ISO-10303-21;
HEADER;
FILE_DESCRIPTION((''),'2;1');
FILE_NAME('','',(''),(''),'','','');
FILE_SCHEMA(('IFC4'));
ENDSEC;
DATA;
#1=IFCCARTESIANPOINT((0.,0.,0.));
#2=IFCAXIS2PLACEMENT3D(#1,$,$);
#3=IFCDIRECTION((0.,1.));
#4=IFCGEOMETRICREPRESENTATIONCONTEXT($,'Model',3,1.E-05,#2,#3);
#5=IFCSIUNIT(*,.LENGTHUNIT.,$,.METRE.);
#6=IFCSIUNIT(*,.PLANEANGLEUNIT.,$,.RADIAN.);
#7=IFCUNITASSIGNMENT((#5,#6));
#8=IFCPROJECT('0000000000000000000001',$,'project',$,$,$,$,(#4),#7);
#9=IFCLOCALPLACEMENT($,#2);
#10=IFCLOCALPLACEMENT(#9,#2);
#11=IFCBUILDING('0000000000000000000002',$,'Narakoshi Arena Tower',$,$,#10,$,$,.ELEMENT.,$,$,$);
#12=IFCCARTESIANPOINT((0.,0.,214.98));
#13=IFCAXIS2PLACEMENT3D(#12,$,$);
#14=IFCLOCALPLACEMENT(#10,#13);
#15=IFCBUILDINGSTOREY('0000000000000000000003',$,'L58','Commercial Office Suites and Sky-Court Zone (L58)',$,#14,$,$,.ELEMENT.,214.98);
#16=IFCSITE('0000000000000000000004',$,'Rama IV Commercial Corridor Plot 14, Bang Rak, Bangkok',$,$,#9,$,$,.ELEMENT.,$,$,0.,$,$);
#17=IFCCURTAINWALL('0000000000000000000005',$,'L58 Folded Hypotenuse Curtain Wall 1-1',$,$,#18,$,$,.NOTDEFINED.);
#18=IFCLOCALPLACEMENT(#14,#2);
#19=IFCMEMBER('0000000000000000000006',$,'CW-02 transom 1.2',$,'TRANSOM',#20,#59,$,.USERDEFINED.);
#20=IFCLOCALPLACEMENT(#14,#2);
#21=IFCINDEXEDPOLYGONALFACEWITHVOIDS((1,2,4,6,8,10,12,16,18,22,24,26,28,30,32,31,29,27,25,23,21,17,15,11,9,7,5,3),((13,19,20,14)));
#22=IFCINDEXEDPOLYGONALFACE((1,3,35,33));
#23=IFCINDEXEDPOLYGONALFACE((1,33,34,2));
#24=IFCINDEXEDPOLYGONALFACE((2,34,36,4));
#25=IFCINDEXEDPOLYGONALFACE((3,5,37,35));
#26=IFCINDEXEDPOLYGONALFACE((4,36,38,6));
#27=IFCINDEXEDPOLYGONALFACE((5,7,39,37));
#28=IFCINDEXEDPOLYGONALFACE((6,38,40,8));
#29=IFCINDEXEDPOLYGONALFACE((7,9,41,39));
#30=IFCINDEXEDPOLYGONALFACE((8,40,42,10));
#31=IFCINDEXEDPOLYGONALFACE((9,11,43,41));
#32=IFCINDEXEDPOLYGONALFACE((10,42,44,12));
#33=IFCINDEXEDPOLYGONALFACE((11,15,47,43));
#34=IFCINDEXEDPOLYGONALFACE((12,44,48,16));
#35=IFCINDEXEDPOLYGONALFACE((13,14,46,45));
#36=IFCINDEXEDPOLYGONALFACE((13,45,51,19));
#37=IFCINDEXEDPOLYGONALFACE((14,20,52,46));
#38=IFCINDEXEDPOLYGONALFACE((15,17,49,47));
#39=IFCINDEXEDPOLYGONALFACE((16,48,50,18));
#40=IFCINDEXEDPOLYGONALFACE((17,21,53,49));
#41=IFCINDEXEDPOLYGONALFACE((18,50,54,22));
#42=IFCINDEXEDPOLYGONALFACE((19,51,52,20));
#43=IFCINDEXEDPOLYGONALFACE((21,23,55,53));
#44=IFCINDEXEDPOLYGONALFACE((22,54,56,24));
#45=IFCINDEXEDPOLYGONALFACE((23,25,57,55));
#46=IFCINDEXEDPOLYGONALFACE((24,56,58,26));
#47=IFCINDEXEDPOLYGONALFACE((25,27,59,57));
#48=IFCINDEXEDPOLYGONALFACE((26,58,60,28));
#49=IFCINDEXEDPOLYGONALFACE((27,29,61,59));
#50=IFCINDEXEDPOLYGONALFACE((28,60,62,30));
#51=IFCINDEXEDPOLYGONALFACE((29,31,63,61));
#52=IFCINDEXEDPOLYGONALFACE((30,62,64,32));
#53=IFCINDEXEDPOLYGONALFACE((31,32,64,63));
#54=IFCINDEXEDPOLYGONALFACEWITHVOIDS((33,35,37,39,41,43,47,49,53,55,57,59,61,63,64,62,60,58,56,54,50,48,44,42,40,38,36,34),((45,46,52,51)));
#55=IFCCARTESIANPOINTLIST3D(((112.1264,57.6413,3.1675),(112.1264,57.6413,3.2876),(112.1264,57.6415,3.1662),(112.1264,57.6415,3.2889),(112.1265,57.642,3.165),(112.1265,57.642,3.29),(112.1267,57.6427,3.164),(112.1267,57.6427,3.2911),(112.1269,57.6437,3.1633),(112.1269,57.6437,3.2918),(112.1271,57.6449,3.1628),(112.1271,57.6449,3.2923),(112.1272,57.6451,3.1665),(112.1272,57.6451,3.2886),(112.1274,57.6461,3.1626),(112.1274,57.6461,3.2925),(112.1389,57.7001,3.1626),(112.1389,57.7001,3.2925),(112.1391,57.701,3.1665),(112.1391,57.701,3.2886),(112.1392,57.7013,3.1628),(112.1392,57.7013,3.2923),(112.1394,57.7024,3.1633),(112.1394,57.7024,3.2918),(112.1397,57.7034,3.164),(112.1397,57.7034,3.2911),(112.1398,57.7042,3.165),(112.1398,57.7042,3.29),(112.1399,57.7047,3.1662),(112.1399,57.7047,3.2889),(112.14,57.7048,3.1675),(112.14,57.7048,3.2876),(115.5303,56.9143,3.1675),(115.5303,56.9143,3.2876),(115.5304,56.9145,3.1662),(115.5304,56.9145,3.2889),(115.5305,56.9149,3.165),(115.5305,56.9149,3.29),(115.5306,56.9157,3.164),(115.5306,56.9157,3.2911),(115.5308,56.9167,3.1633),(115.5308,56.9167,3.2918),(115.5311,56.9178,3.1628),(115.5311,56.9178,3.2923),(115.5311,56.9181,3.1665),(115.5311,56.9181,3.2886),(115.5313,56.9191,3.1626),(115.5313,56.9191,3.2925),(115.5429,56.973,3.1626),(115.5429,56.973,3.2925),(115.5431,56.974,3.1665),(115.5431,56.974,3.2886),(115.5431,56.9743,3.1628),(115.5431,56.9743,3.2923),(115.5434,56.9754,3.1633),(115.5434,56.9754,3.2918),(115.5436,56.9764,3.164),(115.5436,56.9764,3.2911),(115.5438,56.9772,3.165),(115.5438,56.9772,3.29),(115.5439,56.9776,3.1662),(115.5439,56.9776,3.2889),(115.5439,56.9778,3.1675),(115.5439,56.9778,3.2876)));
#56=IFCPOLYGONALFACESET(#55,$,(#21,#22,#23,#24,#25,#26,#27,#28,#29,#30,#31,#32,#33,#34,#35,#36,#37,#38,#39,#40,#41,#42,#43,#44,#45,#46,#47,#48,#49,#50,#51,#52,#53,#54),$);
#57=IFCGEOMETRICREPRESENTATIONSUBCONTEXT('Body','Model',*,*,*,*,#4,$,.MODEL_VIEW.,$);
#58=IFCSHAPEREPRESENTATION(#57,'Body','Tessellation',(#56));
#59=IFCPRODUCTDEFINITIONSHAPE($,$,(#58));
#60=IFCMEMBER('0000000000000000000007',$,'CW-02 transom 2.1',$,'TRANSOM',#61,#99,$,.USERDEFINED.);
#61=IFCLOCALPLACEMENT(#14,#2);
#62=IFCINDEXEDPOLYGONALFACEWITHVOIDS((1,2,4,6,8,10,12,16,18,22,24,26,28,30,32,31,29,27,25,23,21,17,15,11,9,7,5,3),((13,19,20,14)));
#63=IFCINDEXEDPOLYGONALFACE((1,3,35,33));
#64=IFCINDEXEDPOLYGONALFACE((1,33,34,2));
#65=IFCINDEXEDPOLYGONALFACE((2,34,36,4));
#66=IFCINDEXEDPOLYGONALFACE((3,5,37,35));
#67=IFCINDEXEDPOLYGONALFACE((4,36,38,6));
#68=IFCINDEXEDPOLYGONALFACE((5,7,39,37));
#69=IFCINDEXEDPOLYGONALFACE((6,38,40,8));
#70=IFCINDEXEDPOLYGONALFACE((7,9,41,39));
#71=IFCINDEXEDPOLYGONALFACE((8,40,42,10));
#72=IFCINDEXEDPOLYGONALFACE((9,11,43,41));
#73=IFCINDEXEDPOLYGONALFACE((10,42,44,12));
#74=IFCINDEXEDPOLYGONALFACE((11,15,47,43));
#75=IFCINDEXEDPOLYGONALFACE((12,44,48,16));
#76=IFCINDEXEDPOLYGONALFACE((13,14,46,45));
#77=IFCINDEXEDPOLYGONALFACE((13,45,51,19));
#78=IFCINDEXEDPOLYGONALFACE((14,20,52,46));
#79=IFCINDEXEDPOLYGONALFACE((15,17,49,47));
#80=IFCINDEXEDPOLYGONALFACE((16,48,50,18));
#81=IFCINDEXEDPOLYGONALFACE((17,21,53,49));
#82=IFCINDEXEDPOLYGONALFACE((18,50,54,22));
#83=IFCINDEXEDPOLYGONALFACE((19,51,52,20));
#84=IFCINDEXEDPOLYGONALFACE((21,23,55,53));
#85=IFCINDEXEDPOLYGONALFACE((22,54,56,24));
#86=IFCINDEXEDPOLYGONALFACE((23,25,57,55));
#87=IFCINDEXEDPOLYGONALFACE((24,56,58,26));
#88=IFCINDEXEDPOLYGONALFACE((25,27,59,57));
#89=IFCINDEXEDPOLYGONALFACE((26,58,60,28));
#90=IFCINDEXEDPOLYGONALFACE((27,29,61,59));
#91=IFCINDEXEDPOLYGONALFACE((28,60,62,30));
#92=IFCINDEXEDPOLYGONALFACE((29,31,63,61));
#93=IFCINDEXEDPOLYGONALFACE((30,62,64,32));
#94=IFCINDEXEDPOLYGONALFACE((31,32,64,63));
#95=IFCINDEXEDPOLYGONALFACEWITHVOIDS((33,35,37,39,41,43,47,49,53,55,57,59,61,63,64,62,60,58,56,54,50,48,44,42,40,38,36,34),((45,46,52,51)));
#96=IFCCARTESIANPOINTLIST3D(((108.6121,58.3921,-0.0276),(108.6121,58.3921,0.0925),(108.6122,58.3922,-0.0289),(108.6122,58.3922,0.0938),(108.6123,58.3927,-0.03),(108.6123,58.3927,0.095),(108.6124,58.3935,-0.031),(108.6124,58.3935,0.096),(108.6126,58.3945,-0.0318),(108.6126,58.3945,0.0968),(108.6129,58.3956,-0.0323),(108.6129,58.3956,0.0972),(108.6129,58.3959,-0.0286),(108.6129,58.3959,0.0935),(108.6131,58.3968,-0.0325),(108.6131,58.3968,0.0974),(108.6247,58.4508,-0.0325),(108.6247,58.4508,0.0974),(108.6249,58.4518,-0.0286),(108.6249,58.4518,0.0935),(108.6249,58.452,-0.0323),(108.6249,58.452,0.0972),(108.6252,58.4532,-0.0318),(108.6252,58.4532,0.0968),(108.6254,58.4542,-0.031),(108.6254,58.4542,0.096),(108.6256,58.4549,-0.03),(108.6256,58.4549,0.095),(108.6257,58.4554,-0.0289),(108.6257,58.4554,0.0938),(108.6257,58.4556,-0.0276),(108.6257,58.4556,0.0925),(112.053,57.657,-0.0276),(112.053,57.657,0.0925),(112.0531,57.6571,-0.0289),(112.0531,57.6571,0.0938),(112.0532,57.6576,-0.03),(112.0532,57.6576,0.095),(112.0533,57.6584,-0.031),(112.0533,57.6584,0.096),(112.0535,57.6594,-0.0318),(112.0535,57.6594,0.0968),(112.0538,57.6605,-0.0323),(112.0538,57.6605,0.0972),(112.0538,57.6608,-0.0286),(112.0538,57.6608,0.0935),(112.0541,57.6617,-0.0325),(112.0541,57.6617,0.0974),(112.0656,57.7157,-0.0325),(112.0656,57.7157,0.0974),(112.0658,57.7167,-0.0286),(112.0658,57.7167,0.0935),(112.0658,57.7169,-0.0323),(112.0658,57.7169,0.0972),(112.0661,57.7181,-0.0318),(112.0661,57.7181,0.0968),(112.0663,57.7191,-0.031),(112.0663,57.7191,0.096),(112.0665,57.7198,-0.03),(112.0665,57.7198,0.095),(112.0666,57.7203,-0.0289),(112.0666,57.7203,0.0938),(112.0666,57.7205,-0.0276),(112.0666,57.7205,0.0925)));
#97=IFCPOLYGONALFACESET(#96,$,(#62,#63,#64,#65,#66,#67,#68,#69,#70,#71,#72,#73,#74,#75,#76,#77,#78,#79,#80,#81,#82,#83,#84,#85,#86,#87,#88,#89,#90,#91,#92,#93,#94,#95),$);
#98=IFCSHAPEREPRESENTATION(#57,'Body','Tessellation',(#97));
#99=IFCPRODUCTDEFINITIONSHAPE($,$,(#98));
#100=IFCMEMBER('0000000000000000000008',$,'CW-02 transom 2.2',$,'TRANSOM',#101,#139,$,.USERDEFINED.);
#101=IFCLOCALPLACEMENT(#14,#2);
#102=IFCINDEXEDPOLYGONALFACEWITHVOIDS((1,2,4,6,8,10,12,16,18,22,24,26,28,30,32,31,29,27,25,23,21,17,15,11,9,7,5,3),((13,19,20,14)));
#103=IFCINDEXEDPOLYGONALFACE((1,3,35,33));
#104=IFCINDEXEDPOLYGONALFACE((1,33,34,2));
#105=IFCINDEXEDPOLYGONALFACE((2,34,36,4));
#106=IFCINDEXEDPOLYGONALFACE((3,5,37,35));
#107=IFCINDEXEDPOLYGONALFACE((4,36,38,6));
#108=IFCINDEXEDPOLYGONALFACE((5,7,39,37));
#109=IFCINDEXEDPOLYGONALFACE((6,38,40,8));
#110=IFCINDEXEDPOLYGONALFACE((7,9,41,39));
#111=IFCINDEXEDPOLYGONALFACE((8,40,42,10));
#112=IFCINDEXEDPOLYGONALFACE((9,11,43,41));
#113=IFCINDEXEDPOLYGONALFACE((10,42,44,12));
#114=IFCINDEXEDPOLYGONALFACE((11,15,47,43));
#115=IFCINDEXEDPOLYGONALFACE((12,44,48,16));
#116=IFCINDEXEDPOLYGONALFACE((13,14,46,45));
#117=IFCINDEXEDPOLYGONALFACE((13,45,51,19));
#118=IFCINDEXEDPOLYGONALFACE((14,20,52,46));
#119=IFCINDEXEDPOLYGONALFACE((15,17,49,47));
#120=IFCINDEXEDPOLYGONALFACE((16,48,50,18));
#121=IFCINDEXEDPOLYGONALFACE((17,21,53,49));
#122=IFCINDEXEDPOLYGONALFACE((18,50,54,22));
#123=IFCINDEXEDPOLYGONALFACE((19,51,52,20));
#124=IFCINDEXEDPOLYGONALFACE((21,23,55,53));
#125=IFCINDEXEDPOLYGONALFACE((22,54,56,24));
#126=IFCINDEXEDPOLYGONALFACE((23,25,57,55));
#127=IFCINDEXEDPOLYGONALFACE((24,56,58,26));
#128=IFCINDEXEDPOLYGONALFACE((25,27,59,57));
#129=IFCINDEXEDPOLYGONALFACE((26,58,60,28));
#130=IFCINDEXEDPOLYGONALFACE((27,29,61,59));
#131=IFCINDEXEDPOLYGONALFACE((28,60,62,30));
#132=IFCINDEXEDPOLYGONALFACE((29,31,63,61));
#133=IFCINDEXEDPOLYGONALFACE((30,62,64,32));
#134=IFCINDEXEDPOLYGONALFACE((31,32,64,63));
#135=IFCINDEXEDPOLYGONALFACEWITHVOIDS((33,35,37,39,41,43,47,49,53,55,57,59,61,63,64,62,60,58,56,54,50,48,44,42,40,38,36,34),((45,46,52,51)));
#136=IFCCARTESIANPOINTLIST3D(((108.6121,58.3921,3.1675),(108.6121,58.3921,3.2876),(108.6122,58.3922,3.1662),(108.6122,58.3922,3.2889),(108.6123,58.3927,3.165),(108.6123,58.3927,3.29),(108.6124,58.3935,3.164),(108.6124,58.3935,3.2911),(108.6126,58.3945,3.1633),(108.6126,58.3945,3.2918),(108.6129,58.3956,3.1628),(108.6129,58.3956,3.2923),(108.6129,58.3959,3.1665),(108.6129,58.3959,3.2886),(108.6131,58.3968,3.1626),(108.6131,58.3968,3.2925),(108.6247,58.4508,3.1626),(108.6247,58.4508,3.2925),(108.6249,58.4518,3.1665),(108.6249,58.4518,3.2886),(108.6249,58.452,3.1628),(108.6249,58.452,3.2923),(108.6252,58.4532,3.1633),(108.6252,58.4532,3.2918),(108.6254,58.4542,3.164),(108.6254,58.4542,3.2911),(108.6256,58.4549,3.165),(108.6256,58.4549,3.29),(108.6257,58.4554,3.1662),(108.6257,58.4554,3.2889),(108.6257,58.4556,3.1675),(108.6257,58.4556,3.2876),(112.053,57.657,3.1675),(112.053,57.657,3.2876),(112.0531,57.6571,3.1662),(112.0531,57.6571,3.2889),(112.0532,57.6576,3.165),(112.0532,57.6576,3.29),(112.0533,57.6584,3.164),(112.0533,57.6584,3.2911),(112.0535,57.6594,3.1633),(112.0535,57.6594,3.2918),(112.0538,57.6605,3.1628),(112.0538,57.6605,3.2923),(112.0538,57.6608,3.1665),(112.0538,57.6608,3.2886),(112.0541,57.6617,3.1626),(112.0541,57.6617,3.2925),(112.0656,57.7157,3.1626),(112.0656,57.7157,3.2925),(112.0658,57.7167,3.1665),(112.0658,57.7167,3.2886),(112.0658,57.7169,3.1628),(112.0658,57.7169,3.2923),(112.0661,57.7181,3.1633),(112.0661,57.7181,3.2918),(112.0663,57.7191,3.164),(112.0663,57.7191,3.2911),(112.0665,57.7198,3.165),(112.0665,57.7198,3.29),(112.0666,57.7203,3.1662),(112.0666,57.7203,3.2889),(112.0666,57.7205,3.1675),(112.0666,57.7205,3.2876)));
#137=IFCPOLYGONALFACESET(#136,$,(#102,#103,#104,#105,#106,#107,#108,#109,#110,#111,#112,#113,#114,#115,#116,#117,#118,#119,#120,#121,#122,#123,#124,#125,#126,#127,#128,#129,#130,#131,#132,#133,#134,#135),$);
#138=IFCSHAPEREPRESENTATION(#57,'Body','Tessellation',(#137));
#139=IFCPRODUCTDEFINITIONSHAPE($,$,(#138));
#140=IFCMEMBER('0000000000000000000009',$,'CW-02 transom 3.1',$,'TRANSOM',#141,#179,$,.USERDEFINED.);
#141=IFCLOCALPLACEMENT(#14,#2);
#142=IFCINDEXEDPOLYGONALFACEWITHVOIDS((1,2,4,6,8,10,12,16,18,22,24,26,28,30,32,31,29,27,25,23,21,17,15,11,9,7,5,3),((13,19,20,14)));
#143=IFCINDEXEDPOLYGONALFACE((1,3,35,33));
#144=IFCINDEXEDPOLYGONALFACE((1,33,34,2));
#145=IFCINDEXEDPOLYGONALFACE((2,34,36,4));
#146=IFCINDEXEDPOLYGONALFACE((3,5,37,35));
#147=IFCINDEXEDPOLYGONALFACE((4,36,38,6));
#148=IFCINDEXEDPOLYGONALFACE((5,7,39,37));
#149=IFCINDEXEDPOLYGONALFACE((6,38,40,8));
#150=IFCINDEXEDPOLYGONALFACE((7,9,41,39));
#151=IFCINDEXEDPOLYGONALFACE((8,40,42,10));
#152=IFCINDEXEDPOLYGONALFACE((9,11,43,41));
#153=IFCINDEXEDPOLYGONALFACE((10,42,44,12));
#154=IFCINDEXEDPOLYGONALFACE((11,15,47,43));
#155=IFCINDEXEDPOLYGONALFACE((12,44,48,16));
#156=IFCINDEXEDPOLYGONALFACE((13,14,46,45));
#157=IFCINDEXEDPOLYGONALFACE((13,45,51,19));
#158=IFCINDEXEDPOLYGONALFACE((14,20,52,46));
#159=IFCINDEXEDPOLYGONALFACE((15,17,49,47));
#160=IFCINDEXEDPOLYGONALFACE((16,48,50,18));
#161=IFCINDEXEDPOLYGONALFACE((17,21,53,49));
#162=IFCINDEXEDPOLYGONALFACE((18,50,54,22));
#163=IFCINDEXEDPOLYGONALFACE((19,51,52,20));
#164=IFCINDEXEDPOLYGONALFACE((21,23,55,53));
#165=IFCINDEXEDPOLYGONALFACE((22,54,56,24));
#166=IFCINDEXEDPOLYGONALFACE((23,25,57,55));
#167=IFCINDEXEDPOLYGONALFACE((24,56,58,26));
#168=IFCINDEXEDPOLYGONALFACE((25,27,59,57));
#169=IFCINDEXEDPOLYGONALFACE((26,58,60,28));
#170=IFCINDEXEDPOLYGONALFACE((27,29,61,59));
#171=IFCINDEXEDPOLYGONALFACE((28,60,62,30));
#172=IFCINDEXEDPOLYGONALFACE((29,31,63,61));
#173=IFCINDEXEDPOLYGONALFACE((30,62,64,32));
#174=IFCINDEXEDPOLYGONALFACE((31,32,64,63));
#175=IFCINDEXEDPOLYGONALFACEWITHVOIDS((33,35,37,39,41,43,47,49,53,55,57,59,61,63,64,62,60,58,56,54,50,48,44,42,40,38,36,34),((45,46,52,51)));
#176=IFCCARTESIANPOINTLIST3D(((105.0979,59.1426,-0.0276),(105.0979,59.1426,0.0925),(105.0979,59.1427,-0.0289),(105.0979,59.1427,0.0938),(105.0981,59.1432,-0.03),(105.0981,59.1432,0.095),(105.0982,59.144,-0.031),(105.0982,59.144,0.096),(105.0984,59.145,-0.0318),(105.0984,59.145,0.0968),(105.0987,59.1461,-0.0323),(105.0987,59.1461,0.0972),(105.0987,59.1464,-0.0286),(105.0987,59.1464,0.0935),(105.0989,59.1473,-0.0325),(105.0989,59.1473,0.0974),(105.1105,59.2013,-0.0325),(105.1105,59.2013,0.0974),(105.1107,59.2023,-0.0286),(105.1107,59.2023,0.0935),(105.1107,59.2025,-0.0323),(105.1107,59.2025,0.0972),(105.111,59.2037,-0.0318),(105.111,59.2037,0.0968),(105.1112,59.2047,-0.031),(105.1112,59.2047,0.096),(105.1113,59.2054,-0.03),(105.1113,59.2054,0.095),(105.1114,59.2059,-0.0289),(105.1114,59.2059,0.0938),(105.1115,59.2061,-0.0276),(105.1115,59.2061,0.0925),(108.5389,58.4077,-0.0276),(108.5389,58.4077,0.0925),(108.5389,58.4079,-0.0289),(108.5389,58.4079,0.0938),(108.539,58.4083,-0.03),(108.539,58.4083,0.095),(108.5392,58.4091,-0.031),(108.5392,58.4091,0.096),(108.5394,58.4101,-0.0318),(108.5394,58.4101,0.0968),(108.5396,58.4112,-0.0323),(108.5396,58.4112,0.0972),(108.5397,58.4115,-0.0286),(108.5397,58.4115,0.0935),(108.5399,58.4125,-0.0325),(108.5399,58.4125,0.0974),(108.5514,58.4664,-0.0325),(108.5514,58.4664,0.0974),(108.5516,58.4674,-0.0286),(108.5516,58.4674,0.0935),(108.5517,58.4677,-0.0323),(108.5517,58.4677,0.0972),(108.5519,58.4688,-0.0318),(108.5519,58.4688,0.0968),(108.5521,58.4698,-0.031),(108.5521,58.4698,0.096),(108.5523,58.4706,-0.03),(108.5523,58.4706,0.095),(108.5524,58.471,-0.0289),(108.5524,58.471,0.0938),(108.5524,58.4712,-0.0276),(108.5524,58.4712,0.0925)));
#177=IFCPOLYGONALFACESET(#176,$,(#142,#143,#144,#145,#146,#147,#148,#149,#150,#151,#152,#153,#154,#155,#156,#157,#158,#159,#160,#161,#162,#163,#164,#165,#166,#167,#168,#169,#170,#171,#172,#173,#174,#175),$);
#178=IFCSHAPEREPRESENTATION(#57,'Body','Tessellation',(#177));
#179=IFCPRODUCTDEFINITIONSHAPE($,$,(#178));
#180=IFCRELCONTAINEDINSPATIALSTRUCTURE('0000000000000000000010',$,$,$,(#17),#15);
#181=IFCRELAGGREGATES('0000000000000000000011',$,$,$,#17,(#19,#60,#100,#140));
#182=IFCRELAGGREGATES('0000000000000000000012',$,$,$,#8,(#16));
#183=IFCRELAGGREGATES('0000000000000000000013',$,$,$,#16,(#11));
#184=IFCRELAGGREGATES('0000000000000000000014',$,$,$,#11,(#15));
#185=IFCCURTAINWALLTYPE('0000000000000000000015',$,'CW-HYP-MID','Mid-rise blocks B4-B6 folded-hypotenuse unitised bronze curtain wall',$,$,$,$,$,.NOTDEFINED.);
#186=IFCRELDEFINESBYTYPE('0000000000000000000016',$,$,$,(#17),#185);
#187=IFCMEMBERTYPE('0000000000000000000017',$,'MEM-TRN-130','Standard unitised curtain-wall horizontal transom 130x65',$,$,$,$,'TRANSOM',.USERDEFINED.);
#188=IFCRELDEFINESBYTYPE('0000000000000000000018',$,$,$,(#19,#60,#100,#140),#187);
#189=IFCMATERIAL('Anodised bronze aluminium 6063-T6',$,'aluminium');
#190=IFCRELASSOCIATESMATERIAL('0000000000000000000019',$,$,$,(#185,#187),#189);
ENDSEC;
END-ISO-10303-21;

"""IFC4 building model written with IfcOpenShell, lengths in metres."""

from ifc_helpers import new_model, si_unit, direction, frame, origin, origin_2d, place, context, subcontext, project, spatial, hollow_rectangle, extrude, material, material_profile, profile_set, type_object, element, aggregate, save


model = new_model("IFC4")

# Units and contexts
model_context = context("Model", 3, precision=1e-05, world=origin(), true_north=direction((0.0, 1.0)))
body_context = subcontext(model_context, "Body", "Model", "MODEL_VIEW")
ifc_project = project(units=[si_unit("LENGTHUNIT", "METRE"), si_unit("PLANEANGLEUNIT", "RADIAN")], contexts=[model_context])

# Site, building, storey
site_placement = place(None, origin())
site = spatial("IfcSite", under=ifc_project, at=site_placement, Name="Rama IV Commercial Corridor Plot 14, Bang Rak, Bangkok", CompositionType="ELEMENT", RefElevation=0.0)
building_placement = place(site_placement, origin())
building = spatial("IfcBuilding", under=site, at=building_placement, Name="Narakoshi Arena Tower", CompositionType="ELEMENT")
storey_placement = place(building_placement, frame((0.0, 0.0, 214.98)))
storey = spatial("IfcBuildingStorey", under=building, at=storey_placement, Name="L58", Description="Commercial Office Suites and Sky-Court Zone (L58)", CompositionType="ELEMENT", Elevation=214.98)

# Curtain wall, members
ifc_material_1 = material(Name="Anodised bronze aluminium 6063-T6", Category="aluminium")
curtain_wall_type = type_object("IfcCurtainWallType", Name="CW-HYP-MID", Description="Mid-rise blocks B4-B6 folded-hypotenuse unitised bronze curtain wall", PredefinedType="NOTDEFINED", material=ifc_material_1)
curtain_wall_placement = place(storey_placement, origin())
curtain_wall = element("IfcCurtainWall", 1, at=curtain_wall_placement, inside=storey, type_object=curtain_wall_type, Name="L58 Folded Hypotenuse Curtain Wall 1-1", PredefinedType="NOTDEFINED")
ifc_material_profile_1 = material_profile(ifc_material_1, hollow_rectangle(XDim=0.0649, YDim=0.1299, WallThickness=0.0039, OuterFilletRadius=0.0049, at=origin_2d()), Name="TRN130x65x4")
ifc_profile_set_1 = profile_set([ifc_material_profile_1], Name="Anodised bronze aluminium 6063-T6")
member_type_1 = type_object("IfcMemberType", Name="MEM-TRN-130", Description="Standard unitised curtain-wall horizontal transom 130x65", ElementType="TRANSOM", PredefinedType="USERDEFINED", material=ifc_profile_set_1)
member_1_placement = place(storey_placement, frame((115.5371, 56.946, 3.2275), z_axis=(-0.977943, 0.208873, 0.0), x_axis=(-0.208873, -0.977943, 0.0)))
member_1 = element("IfcMember", 2, at=member_1_placement, type_object=member_type_1, Name="CW-02 transom 1.2", ObjectType="TRANSOM", PredefinedType="USERDEFINED", context=body_context, shape_type="SweptSolid", body=[
    extrude(hollow_rectangle(XDim=0.0649, YDim=0.1299, WallThickness=0.0039, OuterFilletRadius=0.0049, at=origin_2d()), origin(), (0.0, 0.0, 1.0), 3.4807),
])
member_2_placement = place(storey_placement, frame((112.0598, 57.6887, 0.0325), z_axis=(-0.977932, 0.208923, 0.0), x_axis=(-0.208923, -0.977932, 0.0)))
member_2 = element("IfcMember", 3, at=member_2_placement, type_object=member_type_1, Name="CW-02 transom 2.1", ObjectType="TRANSOM", PredefinedType="USERDEFINED", context=body_context, shape_type="SweptSolid", body=[
    extrude(hollow_rectangle(XDim=0.0649, YDim=0.1299, WallThickness=0.0039, OuterFilletRadius=0.0049, at=origin_2d()), origin(), (0.0, 0.0, 1.0), 3.5186),
])
member_3_placement = place(storey_placement, frame((112.0598, 57.6887, 3.2275), z_axis=(-0.977932, 0.208923, 0.0), x_axis=(-0.208923, -0.977932, 0.0)))
member_3 = element("IfcMember", 4, at=member_3_placement, type_object=member_type_1, Name="CW-02 transom 2.2", ObjectType="TRANSOM", PredefinedType="USERDEFINED", context=body_context, shape_type="SweptSolid", body=[
    extrude(hollow_rectangle(XDim=0.0649, YDim=0.1299, WallThickness=0.0039, OuterFilletRadius=0.0049, at=origin_2d()), origin(), (0.0, 0.0, 1.0), 3.5186),
])
member_4_placement = place(storey_placement, frame((108.5457, 58.4395, 0.0325), z_axis=(-0.977946, 0.208856, 0.0), x_axis=(-0.208856, -0.977946, 0.0)))
member_4 = element("IfcMember", 5, at=member_4_placement, type_object=member_type_1, Name="CW-02 transom 3.1", ObjectType="TRANSOM", PredefinedType="USERDEFINED", context=body_context, shape_type="SweptSolid", body=[
    extrude(hollow_rectangle(XDim=0.0649, YDim=0.1299, WallThickness=0.0039, OuterFilletRadius=0.0049, at=origin_2d()), origin(), (0.0, 0.0, 1.0), 3.5186),
])
aggregate(curtain_wall, [member_1, member_2, member_3, member_4])

save(model, "model.ifc")
